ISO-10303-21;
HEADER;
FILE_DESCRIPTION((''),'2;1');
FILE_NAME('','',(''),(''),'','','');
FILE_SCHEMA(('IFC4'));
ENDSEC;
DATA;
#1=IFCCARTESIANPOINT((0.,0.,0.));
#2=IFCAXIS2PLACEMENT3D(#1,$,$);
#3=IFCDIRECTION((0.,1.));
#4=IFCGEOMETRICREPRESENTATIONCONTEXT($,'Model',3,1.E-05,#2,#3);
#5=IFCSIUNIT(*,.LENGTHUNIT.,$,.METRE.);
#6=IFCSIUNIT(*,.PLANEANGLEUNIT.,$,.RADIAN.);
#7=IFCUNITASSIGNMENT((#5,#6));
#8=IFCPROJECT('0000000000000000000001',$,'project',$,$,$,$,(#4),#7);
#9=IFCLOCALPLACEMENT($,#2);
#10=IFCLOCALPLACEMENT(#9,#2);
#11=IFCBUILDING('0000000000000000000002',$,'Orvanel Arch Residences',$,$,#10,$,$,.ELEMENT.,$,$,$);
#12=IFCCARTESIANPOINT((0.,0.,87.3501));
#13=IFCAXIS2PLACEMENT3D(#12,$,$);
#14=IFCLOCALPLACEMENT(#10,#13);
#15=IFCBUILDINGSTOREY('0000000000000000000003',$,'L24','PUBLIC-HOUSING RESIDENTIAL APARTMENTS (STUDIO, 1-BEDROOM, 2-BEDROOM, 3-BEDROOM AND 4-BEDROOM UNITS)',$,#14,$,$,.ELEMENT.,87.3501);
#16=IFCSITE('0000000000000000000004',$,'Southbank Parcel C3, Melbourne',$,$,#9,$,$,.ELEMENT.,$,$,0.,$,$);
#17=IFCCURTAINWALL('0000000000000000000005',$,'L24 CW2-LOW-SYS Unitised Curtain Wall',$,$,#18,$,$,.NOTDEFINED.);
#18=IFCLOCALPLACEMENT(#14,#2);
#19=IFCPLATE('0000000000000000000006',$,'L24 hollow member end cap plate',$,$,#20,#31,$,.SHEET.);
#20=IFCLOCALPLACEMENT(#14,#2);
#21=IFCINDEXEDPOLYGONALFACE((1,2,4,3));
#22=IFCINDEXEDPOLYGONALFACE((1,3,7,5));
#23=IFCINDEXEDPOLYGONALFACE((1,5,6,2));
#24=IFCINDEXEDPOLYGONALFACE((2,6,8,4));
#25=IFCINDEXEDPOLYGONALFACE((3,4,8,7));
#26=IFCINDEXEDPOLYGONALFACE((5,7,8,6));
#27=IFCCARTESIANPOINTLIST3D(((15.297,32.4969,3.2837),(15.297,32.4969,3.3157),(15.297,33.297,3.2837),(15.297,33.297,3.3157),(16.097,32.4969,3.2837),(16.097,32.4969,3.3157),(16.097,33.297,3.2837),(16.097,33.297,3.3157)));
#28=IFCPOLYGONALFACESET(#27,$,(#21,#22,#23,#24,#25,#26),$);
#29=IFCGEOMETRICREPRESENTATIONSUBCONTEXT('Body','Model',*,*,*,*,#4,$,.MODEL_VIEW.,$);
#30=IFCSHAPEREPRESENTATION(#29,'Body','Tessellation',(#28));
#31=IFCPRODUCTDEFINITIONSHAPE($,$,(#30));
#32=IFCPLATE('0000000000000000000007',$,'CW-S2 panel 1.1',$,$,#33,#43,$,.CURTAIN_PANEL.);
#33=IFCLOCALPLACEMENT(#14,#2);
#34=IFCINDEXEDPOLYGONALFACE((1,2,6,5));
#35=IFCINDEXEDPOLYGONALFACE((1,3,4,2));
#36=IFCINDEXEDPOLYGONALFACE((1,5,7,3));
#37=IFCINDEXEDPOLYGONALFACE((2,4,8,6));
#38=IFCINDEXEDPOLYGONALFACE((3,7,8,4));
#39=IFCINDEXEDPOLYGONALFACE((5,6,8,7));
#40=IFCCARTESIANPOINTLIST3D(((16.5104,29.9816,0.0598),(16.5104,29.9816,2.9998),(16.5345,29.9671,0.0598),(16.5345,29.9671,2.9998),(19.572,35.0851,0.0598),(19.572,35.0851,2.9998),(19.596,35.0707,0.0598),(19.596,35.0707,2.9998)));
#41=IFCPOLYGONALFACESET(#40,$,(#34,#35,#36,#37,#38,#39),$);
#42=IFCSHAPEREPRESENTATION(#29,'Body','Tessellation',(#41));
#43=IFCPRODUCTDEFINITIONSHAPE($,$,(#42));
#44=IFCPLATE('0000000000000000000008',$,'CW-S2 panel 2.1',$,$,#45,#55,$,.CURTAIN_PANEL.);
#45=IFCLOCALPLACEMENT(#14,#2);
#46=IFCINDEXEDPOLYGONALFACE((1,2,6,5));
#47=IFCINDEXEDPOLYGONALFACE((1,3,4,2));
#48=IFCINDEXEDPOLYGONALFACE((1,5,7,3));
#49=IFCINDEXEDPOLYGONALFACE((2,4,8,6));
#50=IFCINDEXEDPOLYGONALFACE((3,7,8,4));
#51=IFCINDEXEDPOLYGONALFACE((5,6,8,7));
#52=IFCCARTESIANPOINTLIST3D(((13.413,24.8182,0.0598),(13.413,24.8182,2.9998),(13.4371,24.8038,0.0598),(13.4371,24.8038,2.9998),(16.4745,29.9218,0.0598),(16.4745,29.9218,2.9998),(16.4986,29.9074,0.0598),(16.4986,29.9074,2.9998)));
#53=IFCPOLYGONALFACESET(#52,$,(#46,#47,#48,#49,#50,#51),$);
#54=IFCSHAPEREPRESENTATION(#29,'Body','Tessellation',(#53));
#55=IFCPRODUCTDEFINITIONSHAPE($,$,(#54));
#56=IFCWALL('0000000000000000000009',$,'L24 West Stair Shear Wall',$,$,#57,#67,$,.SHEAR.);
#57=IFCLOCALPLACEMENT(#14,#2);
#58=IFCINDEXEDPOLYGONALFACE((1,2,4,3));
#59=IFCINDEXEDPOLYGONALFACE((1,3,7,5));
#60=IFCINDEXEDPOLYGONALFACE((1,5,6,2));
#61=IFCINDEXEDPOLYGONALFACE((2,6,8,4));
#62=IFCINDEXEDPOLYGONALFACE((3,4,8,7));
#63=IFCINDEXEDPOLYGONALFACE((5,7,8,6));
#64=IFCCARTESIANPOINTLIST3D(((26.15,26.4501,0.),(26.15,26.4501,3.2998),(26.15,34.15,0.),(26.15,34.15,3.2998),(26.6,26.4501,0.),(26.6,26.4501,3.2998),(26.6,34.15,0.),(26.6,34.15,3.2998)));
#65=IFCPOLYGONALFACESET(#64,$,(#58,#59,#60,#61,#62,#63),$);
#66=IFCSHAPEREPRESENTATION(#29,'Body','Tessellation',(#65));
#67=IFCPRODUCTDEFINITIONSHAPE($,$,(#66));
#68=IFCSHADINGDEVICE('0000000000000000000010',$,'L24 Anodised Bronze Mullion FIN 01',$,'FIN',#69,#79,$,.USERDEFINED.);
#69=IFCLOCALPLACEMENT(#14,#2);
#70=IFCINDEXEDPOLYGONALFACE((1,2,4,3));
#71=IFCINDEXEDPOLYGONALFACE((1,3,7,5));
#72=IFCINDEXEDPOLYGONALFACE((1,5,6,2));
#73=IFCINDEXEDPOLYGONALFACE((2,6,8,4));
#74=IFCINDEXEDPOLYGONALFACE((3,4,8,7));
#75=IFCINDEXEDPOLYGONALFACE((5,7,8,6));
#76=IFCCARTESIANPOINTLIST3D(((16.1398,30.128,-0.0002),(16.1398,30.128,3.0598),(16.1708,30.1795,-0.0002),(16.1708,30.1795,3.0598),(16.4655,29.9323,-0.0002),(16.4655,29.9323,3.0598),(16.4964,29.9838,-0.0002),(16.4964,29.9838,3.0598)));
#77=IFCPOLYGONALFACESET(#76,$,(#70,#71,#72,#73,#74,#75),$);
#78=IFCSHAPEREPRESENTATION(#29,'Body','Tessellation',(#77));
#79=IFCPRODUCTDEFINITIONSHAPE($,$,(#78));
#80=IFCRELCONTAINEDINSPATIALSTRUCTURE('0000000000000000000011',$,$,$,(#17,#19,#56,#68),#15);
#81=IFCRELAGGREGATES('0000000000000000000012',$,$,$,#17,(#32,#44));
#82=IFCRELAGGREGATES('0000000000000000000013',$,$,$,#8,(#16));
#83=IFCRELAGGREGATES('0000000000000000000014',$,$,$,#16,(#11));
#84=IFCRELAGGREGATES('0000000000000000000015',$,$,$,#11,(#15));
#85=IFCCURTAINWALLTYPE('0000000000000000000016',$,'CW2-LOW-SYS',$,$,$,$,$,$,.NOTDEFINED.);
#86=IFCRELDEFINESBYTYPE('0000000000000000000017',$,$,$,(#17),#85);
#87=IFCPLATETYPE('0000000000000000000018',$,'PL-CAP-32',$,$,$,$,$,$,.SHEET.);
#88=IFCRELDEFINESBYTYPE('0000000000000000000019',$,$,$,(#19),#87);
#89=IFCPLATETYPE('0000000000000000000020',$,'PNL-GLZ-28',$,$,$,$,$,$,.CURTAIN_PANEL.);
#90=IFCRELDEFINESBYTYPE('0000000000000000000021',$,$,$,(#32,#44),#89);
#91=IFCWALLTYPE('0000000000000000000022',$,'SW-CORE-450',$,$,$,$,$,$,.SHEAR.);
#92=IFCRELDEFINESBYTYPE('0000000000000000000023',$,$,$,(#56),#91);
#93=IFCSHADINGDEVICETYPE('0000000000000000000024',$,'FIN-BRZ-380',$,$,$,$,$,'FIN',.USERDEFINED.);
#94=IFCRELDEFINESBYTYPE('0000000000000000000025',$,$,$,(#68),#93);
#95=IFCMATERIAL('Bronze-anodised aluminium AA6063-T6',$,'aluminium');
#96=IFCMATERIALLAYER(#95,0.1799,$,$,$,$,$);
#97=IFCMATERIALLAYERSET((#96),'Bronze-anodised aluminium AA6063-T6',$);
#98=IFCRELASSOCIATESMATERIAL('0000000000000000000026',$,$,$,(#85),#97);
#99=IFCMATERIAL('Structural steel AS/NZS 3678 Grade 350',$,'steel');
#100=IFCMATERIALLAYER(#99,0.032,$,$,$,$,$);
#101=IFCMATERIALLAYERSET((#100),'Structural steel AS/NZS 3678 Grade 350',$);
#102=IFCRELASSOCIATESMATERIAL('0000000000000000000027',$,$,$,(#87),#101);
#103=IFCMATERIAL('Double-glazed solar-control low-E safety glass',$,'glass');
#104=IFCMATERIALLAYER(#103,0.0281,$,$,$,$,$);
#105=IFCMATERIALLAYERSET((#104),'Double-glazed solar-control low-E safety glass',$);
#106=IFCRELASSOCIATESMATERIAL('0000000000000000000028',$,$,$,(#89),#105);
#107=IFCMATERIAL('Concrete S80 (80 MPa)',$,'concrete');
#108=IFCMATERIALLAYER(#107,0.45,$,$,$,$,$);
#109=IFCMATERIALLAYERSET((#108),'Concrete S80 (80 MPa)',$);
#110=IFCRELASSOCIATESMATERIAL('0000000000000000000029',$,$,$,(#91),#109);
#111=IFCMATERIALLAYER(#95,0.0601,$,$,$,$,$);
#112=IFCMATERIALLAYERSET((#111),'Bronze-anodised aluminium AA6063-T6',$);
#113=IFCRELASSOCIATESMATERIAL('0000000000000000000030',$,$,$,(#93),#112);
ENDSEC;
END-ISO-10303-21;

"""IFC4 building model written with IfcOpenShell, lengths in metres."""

from ifc_helpers import new_model, si_unit, direction, frame, frame_2d, origin, origin_2d, place, context, subcontext, project, spatial, rectangle, extrude, material, layer, layer_set, type_object, element, aggregate, save


model = new_model("IFC4")

# Units and contexts
model_context = context("Model", 3, precision=1e-05, world=origin(), true_north=direction((0.0, 1.0)))
body_context = subcontext(model_context, "Body", "Model", "MODEL_VIEW")
ifc_project = project(units=[si_unit("LENGTHUNIT", "METRE"), si_unit("PLANEANGLEUNIT", "RADIAN")], contexts=[model_context])

# Site, building, storey
site_placement = place(None, origin())
site = spatial("IfcSite", under=ifc_project, at=site_placement, Name="Southbank Parcel C3, Melbourne", CompositionType="ELEMENT", RefElevation=0.0)
building_placement = place(site_placement, origin())
building = spatial("IfcBuilding", under=site, at=building_placement, Name="Orvanel Arch Residences", CompositionType="ELEMENT")
storey_placement = place(building_placement, frame((0.0, 0.0, 87.3501)))
storey = spatial("IfcBuildingStorey", under=building, at=storey_placement, Name="L24", Description="PUBLIC-HOUSING RESIDENTIAL APARTMENTS (STUDIO, 1-BEDROOM, 2-BEDROOM, 3-BEDROOM AND 4-BEDROOM UNITS)", CompositionType="ELEMENT", Elevation=87.3501)

# Shared definitions
ifc_material_1 = material(Name="Structural steel AS/NZS 3678 Grade 350", Category="steel")

# Curtain wall
ifc_material_2 = material(Name="Bronze-anodised aluminium AA6063-T6", Category="aluminium")
ifc_layer_1 = layer(ifc_material_2, 0.1799)
ifc_layer_set_1 = layer_set([ifc_layer_1], Name="Bronze-anodised aluminium AA6063-T6")
curtain_wall_type = type_object("IfcCurtainWallType", Name="CW2-LOW-SYS", PredefinedType="NOTDEFINED", material=ifc_layer_set_1)
curtain_wall_1_placement = place(storey_placement, origin())
curtain_wall_1 = element("IfcCurtainWall", 1, at=curtain_wall_1_placement, inside=storey, type_object=curtain_wall_type, Name="L24 CW2-LOW-SYS Unitised Curtain Wall", PredefinedType="NOTDEFINED")

# Plates
ifc_layer_2 = layer(ifc_material_1, 0.032)
ifc_layer_set_2 = layer_set([ifc_layer_2], Name="Structural steel AS/NZS 3678 Grade 350")
plate_type_1 = type_object("IfcPlateType", Name="PL-CAP-32", PredefinedType="SHEET", material=ifc_layer_set_2)
plate_1_placement = place(storey_placement, frame((15.697, 32.897, 3.2837), z_axis=(0.0, 0.0, 1.0), x_axis=(1.0, 0.0, 0.0)))
element("IfcPlate", 2, at=plate_1_placement, inside=storey, type_object=plate_type_1, Name="L24 hollow member end cap plate", PredefinedType="SHEET", context=body_context, shape_type="SweptSolid", body=[
    extrude(rectangle(XDim=0.8, YDim=0.8, at=origin_2d()), origin(), (0.0, 0.0, 1.0), 0.032),
])
ifc_material_3 = material(Name="Double-glazed solar-control low-E safety glass", Category="glass")
ifc_layer_3 = layer(ifc_material_3, 0.0281)
ifc_layer_set_3 = layer_set([ifc_layer_3], Name="Double-glazed solar-control low-E safety glass")
plate_type_2 = type_object("IfcPlateType", Name="PNL-GLZ-28", PredefinedType="CURTAIN_PANEL", material=ifc_layer_set_3)
plate_2_placement = place(storey_placement, frame((18.0532, 32.5261, 0.0598), z_axis=(0.0, 0.0, 1.0), x_axis=(-0.514423, -0.857537, 0.0)))
plate_2 = element("IfcPlate", 3, at=plate_2_placement, type_object=plate_type_2, Name="CW-S2 panel 1.1", PredefinedType="CURTAIN_PANEL", context=body_context, shape_type="SweptSolid", body=[
    extrude(rectangle(XDim=5.9514, YDim=0.0281, at=origin_2d()), origin(), (0.0, 0.0, 1.0), 2.9399),
])
plate_3_placement = place(storey_placement, frame((14.9558, 27.3628, 0.0598), z_axis=(0.0, 0.0, 1.0), x_axis=(-0.514423, -0.857537, 0.0)))
plate_3 = element("IfcPlate", 4, at=plate_3_placement, type_object=plate_type_2, Name="CW-S2 panel 2.1", PredefinedType="CURTAIN_PANEL", context=body_context, shape_type="SweptSolid", body=[
    extrude(rectangle(XDim=5.9514, YDim=0.0281, at=origin_2d()), origin(), (0.0, 0.0, 1.0), 2.9399),
])
aggregate(curtain_wall_1, [plate_2, plate_3])

# Shared definitions
ifc_material_4 = material(Name="Concrete S80 (80 MPa)", Category="concrete")
ifc_layer_4 = layer(ifc_material_4, 0.45)
ifc_layer_set_4 = layer_set([ifc_layer_4], Name="Concrete S80 (80 MPa)")
wall_type = type_object("IfcWallType", Name="SW-CORE-450", PredefinedType="SHEAR", material=ifc_layer_set_4)

# Wall
wall_1_placement = place(storey_placement, frame((26.375, 26.45, 0.0), z_axis=(0.0, 0.0, 1.0), x_axis=(0.0, 1.0, 0.0)))
element("IfcWall", 5, at=wall_1_placement, inside=storey, type_object=wall_type, Name="L24 West Stair Shear Wall", PredefinedType="SHEAR", context=body_context, shape_type="SweptSolid", body=[
    extrude(rectangle(XDim=7.7, YDim=0.45, at=frame_2d((3.8501, 0.0))), origin(), (0.0, 0.0, 1.0), 3.2998),
])

# Shading device
ifc_layer_5 = layer(ifc_material_2, 0.0601)
ifc_layer_set_5 = layer_set([ifc_layer_5], Name="Bronze-anodised aluminium AA6063-T6")
shading_device_type = type_object("IfcShadingDeviceType", Name="FIN-BRZ-380", ElementType="FIN", PredefinedType="USERDEFINED", material=ifc_layer_set_5)
shading_device_placement = place(storey_placement, frame((16.3181, 30.0559, -0.0002), z_axis=(0.0, 0.0, 1.0), x_axis=(-0.857167, 0.515038, 0.0)))
element("IfcShadingDevice", 6, at=shading_device_placement, inside=storey, type_object=shading_device_type, Name="L24 Anodised Bronze Mullion FIN 01", ObjectType="FIN", PredefinedType="USERDEFINED", context=body_context, shape_type="SweptSolid", body=[
    extrude(rectangle(XDim=0.3799, YDim=0.0601, at=origin_2d()), origin(), (0.0, 0.0, 1.0), 3.0601),
])

save(model, "model.ifc")
